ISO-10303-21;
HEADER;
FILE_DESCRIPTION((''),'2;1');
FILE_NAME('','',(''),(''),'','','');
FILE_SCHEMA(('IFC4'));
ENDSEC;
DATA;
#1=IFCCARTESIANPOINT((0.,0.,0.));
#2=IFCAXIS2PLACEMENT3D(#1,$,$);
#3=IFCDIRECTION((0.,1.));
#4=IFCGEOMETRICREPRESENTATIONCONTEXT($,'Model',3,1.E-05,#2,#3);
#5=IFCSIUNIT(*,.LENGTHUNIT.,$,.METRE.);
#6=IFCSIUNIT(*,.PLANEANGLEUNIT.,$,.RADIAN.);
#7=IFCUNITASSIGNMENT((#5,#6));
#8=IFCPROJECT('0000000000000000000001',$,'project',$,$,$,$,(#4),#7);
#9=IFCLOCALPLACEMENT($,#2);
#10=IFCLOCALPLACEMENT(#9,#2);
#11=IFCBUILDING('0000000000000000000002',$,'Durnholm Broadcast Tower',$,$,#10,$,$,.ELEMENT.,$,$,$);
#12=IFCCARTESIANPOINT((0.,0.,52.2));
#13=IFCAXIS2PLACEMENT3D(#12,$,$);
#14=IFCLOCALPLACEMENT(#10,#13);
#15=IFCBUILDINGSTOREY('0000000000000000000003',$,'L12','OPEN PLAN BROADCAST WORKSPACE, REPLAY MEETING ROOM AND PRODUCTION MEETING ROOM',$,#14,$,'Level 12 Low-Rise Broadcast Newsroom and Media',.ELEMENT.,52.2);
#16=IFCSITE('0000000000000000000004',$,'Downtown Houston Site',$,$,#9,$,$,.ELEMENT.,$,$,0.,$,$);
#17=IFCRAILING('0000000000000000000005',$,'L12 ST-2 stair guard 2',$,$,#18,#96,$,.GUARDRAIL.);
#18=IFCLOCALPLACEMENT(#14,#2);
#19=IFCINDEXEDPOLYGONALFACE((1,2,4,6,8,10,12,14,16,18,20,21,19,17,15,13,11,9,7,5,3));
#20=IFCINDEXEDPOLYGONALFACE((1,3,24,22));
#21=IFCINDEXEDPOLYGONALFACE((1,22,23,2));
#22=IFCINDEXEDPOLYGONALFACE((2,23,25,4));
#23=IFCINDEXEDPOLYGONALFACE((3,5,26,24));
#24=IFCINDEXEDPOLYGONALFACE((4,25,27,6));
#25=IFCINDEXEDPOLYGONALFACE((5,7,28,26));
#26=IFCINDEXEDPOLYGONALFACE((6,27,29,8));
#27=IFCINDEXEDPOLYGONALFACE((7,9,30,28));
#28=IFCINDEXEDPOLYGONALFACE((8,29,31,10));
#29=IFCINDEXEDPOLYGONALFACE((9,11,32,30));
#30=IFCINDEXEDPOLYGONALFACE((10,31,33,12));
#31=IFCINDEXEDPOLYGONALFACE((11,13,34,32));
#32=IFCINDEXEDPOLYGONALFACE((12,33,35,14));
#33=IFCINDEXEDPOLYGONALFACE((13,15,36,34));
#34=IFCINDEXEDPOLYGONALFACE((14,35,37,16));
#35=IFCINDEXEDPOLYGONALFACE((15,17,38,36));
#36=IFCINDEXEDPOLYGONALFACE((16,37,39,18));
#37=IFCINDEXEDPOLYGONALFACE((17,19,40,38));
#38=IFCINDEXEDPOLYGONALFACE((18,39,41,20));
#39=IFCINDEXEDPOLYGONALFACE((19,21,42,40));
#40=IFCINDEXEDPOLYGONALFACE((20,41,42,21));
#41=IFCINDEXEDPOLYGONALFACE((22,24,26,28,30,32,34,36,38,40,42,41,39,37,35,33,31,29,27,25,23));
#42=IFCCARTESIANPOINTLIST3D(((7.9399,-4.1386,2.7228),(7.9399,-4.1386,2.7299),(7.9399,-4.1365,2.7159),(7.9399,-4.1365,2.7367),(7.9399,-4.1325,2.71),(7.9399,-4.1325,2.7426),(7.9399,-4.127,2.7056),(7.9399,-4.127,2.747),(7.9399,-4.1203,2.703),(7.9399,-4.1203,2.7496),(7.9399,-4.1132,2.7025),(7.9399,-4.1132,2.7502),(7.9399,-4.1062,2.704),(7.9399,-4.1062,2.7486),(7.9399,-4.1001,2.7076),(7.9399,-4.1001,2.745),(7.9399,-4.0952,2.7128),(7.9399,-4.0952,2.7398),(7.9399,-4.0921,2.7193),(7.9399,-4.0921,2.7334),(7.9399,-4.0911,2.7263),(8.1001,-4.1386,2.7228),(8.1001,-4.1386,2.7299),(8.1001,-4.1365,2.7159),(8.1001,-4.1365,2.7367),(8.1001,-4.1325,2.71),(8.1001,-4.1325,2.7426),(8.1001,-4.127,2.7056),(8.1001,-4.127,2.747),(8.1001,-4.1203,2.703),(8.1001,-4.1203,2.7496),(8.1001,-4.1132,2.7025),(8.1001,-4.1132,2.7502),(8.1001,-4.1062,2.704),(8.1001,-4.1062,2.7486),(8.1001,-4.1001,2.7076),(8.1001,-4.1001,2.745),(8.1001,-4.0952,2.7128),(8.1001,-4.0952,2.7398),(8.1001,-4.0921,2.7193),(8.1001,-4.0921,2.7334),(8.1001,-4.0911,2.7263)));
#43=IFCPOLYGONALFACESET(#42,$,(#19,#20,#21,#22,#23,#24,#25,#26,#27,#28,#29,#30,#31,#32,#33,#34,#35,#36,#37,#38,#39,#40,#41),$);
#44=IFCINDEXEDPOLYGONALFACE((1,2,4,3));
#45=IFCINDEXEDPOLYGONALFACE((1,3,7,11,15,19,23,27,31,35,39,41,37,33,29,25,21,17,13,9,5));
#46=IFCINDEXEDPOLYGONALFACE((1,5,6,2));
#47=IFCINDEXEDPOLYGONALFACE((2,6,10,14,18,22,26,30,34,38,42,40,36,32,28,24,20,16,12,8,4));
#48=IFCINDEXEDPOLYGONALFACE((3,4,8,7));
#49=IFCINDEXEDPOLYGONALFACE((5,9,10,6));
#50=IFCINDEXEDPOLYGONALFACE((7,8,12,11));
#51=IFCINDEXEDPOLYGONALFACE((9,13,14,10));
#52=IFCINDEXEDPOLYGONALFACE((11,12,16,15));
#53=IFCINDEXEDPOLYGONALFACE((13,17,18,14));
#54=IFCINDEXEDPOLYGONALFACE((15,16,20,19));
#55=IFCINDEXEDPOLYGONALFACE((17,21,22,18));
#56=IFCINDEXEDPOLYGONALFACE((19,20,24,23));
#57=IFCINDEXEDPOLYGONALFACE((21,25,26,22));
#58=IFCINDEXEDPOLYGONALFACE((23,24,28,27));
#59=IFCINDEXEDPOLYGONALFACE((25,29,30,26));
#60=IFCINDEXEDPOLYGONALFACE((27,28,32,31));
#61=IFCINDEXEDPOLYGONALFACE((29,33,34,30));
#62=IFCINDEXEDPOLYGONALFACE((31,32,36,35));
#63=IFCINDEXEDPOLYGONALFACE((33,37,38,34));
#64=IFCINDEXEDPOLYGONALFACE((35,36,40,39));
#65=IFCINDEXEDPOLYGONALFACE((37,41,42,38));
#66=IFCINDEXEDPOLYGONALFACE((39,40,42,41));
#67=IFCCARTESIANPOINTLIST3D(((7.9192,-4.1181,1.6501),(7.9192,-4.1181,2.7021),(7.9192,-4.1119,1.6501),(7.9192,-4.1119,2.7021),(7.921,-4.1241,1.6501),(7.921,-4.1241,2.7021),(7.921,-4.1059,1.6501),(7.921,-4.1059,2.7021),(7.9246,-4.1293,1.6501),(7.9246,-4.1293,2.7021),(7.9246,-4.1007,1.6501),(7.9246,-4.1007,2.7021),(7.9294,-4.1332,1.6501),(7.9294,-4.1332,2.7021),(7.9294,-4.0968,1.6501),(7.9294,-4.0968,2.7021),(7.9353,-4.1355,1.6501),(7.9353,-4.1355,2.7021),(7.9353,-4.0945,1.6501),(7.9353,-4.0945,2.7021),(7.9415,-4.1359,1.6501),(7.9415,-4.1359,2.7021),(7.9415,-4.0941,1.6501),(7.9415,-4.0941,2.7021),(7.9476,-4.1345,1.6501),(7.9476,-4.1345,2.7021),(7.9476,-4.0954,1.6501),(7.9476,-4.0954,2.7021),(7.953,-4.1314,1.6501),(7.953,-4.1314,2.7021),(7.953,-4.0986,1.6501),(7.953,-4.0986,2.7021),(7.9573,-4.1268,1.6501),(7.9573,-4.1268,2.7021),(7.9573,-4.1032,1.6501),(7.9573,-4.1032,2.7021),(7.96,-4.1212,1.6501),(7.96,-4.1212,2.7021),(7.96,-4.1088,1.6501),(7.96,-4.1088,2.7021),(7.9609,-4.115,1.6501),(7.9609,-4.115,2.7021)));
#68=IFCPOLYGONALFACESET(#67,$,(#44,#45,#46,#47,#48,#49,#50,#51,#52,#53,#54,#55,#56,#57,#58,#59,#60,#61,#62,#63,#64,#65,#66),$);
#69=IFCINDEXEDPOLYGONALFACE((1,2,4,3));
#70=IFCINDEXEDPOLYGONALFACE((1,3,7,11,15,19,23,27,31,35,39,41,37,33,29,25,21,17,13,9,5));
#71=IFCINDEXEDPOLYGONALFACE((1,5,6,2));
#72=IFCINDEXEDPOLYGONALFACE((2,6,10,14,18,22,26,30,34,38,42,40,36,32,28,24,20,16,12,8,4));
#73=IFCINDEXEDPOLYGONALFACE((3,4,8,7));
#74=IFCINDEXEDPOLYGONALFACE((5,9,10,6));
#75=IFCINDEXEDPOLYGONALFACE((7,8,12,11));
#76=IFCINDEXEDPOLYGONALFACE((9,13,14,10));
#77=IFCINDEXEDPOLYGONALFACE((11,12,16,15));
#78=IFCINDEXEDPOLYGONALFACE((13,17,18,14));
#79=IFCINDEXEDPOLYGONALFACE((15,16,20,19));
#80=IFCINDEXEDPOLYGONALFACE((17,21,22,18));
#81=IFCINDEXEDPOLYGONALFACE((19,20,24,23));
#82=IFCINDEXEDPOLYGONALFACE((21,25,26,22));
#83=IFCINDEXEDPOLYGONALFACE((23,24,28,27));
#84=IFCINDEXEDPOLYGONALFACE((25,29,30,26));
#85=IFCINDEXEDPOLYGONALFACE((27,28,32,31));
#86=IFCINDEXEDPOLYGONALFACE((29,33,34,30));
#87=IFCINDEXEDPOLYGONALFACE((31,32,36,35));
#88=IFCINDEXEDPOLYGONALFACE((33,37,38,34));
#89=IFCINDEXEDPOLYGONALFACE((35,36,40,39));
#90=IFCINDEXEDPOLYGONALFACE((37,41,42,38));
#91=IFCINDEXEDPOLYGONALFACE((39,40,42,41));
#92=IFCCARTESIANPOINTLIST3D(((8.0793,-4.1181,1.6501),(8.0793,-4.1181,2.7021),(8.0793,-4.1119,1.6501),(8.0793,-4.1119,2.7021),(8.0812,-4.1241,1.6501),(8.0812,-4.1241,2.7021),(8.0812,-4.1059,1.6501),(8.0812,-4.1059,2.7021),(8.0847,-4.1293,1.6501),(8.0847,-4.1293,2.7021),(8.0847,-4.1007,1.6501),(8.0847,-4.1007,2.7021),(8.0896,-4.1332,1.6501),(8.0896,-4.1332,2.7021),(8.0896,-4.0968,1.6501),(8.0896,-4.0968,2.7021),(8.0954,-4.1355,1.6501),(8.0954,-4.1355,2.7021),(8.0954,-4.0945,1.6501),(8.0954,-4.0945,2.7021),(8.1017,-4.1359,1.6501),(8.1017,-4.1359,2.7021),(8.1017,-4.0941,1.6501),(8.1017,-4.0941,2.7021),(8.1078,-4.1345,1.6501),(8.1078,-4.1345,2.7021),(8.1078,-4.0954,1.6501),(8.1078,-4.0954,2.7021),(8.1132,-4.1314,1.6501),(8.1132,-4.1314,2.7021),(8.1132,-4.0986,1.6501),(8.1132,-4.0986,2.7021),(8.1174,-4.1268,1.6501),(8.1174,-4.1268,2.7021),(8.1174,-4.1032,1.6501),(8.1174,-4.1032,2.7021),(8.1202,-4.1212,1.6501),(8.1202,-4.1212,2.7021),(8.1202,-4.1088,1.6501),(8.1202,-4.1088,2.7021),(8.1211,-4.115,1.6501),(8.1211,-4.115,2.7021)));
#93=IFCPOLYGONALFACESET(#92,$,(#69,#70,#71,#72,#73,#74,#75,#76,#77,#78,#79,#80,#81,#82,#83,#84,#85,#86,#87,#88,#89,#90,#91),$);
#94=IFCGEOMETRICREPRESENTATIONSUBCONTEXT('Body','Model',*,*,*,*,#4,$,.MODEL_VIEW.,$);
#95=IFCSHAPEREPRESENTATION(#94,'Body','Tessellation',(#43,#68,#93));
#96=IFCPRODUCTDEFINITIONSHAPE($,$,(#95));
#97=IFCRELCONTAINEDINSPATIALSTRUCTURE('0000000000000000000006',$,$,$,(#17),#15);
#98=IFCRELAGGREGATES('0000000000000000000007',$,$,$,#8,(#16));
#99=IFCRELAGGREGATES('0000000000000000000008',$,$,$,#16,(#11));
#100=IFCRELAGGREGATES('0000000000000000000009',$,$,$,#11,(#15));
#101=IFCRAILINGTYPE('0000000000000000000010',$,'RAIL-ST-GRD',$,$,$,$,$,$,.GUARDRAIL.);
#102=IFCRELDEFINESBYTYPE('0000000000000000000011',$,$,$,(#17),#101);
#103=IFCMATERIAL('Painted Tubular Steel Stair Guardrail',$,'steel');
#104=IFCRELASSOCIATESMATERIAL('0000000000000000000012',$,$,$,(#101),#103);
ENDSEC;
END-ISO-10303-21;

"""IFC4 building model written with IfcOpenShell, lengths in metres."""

from ifc_helpers import new_model, si_unit, direction, frame, origin, origin_2d, place, context, subcontext, project, spatial, circle, extrude, material, type_object, element, save


model = new_model("IFC4")

# Units and contexts
model_context = context("Model", 3, precision=1e-05, world=origin(), true_north=direction((0.0, 1.0)))
body_context = subcontext(model_context, "Body", "Model", "MODEL_VIEW")
ifc_project = project(units=[si_unit("LENGTHUNIT", "METRE"), si_unit("PLANEANGLEUNIT", "RADIAN")], contexts=[model_context])

# Site, building, storey
site_placement = place(None, origin())
site = spatial("IfcSite", under=ifc_project, at=site_placement, Name="Downtown Houston Site", CompositionType="ELEMENT", RefElevation=0.0)
building_placement = place(site_placement, origin())
building = spatial("IfcBuilding", under=site, at=building_placement, Name="Durnholm Broadcast Tower", CompositionType="ELEMENT")
storey_placement = place(building_placement, frame((0.0, 0.0, 52.2)))
storey = spatial("IfcBuildingStorey", under=building, at=storey_placement, Name="L12", Description="OPEN PLAN BROADCAST WORKSPACE, REPLAY MEETING ROOM AND PRODUCTION MEETING ROOM", LongName="Level 12 Low-Rise Broadcast Newsroom and Media", CompositionType="ELEMENT", Elevation=52.2)

# Railing
ifc_material_1 = material(Name="Painted Tubular Steel Stair Guardrail", Category="steel")
railing_type_1 = type_object("IfcRailingType", Name="RAIL-ST-GRD", PredefinedType="GUARDRAIL", material=ifc_material_1)
railing_1_placement = place(storey_placement, frame((7.9399, -4.115, 1.6501)))
element("IfcRailing", 1, at=railing_1_placement, inside=storey, type_object=railing_type_1, Name="L12 ST-2 stair guard 2", PredefinedType="GUARDRAIL", context=body_context, shape_type="SweptSolid", body=[
    extrude(circle(Radius=0.0239, at=origin_2d()), frame((0.0, 0.0, 1.0762), z_axis=(1.0, 0.0, 0.0), x_axis=(0.0, 1.0, 0.0)), (0.0, 0.0, 1.0), 0.1602),
    extrude(circle(Radius=0.021, at=origin_2d()), origin(), (0.0, 0.0, 1.0), 1.052),
    extrude(circle(Radius=0.021, at=origin_2d()), frame((0.1602, 0.0, 0.0)), (0.0, 0.0, 1.0), 1.052),
])

save(model, "model.ifc")
